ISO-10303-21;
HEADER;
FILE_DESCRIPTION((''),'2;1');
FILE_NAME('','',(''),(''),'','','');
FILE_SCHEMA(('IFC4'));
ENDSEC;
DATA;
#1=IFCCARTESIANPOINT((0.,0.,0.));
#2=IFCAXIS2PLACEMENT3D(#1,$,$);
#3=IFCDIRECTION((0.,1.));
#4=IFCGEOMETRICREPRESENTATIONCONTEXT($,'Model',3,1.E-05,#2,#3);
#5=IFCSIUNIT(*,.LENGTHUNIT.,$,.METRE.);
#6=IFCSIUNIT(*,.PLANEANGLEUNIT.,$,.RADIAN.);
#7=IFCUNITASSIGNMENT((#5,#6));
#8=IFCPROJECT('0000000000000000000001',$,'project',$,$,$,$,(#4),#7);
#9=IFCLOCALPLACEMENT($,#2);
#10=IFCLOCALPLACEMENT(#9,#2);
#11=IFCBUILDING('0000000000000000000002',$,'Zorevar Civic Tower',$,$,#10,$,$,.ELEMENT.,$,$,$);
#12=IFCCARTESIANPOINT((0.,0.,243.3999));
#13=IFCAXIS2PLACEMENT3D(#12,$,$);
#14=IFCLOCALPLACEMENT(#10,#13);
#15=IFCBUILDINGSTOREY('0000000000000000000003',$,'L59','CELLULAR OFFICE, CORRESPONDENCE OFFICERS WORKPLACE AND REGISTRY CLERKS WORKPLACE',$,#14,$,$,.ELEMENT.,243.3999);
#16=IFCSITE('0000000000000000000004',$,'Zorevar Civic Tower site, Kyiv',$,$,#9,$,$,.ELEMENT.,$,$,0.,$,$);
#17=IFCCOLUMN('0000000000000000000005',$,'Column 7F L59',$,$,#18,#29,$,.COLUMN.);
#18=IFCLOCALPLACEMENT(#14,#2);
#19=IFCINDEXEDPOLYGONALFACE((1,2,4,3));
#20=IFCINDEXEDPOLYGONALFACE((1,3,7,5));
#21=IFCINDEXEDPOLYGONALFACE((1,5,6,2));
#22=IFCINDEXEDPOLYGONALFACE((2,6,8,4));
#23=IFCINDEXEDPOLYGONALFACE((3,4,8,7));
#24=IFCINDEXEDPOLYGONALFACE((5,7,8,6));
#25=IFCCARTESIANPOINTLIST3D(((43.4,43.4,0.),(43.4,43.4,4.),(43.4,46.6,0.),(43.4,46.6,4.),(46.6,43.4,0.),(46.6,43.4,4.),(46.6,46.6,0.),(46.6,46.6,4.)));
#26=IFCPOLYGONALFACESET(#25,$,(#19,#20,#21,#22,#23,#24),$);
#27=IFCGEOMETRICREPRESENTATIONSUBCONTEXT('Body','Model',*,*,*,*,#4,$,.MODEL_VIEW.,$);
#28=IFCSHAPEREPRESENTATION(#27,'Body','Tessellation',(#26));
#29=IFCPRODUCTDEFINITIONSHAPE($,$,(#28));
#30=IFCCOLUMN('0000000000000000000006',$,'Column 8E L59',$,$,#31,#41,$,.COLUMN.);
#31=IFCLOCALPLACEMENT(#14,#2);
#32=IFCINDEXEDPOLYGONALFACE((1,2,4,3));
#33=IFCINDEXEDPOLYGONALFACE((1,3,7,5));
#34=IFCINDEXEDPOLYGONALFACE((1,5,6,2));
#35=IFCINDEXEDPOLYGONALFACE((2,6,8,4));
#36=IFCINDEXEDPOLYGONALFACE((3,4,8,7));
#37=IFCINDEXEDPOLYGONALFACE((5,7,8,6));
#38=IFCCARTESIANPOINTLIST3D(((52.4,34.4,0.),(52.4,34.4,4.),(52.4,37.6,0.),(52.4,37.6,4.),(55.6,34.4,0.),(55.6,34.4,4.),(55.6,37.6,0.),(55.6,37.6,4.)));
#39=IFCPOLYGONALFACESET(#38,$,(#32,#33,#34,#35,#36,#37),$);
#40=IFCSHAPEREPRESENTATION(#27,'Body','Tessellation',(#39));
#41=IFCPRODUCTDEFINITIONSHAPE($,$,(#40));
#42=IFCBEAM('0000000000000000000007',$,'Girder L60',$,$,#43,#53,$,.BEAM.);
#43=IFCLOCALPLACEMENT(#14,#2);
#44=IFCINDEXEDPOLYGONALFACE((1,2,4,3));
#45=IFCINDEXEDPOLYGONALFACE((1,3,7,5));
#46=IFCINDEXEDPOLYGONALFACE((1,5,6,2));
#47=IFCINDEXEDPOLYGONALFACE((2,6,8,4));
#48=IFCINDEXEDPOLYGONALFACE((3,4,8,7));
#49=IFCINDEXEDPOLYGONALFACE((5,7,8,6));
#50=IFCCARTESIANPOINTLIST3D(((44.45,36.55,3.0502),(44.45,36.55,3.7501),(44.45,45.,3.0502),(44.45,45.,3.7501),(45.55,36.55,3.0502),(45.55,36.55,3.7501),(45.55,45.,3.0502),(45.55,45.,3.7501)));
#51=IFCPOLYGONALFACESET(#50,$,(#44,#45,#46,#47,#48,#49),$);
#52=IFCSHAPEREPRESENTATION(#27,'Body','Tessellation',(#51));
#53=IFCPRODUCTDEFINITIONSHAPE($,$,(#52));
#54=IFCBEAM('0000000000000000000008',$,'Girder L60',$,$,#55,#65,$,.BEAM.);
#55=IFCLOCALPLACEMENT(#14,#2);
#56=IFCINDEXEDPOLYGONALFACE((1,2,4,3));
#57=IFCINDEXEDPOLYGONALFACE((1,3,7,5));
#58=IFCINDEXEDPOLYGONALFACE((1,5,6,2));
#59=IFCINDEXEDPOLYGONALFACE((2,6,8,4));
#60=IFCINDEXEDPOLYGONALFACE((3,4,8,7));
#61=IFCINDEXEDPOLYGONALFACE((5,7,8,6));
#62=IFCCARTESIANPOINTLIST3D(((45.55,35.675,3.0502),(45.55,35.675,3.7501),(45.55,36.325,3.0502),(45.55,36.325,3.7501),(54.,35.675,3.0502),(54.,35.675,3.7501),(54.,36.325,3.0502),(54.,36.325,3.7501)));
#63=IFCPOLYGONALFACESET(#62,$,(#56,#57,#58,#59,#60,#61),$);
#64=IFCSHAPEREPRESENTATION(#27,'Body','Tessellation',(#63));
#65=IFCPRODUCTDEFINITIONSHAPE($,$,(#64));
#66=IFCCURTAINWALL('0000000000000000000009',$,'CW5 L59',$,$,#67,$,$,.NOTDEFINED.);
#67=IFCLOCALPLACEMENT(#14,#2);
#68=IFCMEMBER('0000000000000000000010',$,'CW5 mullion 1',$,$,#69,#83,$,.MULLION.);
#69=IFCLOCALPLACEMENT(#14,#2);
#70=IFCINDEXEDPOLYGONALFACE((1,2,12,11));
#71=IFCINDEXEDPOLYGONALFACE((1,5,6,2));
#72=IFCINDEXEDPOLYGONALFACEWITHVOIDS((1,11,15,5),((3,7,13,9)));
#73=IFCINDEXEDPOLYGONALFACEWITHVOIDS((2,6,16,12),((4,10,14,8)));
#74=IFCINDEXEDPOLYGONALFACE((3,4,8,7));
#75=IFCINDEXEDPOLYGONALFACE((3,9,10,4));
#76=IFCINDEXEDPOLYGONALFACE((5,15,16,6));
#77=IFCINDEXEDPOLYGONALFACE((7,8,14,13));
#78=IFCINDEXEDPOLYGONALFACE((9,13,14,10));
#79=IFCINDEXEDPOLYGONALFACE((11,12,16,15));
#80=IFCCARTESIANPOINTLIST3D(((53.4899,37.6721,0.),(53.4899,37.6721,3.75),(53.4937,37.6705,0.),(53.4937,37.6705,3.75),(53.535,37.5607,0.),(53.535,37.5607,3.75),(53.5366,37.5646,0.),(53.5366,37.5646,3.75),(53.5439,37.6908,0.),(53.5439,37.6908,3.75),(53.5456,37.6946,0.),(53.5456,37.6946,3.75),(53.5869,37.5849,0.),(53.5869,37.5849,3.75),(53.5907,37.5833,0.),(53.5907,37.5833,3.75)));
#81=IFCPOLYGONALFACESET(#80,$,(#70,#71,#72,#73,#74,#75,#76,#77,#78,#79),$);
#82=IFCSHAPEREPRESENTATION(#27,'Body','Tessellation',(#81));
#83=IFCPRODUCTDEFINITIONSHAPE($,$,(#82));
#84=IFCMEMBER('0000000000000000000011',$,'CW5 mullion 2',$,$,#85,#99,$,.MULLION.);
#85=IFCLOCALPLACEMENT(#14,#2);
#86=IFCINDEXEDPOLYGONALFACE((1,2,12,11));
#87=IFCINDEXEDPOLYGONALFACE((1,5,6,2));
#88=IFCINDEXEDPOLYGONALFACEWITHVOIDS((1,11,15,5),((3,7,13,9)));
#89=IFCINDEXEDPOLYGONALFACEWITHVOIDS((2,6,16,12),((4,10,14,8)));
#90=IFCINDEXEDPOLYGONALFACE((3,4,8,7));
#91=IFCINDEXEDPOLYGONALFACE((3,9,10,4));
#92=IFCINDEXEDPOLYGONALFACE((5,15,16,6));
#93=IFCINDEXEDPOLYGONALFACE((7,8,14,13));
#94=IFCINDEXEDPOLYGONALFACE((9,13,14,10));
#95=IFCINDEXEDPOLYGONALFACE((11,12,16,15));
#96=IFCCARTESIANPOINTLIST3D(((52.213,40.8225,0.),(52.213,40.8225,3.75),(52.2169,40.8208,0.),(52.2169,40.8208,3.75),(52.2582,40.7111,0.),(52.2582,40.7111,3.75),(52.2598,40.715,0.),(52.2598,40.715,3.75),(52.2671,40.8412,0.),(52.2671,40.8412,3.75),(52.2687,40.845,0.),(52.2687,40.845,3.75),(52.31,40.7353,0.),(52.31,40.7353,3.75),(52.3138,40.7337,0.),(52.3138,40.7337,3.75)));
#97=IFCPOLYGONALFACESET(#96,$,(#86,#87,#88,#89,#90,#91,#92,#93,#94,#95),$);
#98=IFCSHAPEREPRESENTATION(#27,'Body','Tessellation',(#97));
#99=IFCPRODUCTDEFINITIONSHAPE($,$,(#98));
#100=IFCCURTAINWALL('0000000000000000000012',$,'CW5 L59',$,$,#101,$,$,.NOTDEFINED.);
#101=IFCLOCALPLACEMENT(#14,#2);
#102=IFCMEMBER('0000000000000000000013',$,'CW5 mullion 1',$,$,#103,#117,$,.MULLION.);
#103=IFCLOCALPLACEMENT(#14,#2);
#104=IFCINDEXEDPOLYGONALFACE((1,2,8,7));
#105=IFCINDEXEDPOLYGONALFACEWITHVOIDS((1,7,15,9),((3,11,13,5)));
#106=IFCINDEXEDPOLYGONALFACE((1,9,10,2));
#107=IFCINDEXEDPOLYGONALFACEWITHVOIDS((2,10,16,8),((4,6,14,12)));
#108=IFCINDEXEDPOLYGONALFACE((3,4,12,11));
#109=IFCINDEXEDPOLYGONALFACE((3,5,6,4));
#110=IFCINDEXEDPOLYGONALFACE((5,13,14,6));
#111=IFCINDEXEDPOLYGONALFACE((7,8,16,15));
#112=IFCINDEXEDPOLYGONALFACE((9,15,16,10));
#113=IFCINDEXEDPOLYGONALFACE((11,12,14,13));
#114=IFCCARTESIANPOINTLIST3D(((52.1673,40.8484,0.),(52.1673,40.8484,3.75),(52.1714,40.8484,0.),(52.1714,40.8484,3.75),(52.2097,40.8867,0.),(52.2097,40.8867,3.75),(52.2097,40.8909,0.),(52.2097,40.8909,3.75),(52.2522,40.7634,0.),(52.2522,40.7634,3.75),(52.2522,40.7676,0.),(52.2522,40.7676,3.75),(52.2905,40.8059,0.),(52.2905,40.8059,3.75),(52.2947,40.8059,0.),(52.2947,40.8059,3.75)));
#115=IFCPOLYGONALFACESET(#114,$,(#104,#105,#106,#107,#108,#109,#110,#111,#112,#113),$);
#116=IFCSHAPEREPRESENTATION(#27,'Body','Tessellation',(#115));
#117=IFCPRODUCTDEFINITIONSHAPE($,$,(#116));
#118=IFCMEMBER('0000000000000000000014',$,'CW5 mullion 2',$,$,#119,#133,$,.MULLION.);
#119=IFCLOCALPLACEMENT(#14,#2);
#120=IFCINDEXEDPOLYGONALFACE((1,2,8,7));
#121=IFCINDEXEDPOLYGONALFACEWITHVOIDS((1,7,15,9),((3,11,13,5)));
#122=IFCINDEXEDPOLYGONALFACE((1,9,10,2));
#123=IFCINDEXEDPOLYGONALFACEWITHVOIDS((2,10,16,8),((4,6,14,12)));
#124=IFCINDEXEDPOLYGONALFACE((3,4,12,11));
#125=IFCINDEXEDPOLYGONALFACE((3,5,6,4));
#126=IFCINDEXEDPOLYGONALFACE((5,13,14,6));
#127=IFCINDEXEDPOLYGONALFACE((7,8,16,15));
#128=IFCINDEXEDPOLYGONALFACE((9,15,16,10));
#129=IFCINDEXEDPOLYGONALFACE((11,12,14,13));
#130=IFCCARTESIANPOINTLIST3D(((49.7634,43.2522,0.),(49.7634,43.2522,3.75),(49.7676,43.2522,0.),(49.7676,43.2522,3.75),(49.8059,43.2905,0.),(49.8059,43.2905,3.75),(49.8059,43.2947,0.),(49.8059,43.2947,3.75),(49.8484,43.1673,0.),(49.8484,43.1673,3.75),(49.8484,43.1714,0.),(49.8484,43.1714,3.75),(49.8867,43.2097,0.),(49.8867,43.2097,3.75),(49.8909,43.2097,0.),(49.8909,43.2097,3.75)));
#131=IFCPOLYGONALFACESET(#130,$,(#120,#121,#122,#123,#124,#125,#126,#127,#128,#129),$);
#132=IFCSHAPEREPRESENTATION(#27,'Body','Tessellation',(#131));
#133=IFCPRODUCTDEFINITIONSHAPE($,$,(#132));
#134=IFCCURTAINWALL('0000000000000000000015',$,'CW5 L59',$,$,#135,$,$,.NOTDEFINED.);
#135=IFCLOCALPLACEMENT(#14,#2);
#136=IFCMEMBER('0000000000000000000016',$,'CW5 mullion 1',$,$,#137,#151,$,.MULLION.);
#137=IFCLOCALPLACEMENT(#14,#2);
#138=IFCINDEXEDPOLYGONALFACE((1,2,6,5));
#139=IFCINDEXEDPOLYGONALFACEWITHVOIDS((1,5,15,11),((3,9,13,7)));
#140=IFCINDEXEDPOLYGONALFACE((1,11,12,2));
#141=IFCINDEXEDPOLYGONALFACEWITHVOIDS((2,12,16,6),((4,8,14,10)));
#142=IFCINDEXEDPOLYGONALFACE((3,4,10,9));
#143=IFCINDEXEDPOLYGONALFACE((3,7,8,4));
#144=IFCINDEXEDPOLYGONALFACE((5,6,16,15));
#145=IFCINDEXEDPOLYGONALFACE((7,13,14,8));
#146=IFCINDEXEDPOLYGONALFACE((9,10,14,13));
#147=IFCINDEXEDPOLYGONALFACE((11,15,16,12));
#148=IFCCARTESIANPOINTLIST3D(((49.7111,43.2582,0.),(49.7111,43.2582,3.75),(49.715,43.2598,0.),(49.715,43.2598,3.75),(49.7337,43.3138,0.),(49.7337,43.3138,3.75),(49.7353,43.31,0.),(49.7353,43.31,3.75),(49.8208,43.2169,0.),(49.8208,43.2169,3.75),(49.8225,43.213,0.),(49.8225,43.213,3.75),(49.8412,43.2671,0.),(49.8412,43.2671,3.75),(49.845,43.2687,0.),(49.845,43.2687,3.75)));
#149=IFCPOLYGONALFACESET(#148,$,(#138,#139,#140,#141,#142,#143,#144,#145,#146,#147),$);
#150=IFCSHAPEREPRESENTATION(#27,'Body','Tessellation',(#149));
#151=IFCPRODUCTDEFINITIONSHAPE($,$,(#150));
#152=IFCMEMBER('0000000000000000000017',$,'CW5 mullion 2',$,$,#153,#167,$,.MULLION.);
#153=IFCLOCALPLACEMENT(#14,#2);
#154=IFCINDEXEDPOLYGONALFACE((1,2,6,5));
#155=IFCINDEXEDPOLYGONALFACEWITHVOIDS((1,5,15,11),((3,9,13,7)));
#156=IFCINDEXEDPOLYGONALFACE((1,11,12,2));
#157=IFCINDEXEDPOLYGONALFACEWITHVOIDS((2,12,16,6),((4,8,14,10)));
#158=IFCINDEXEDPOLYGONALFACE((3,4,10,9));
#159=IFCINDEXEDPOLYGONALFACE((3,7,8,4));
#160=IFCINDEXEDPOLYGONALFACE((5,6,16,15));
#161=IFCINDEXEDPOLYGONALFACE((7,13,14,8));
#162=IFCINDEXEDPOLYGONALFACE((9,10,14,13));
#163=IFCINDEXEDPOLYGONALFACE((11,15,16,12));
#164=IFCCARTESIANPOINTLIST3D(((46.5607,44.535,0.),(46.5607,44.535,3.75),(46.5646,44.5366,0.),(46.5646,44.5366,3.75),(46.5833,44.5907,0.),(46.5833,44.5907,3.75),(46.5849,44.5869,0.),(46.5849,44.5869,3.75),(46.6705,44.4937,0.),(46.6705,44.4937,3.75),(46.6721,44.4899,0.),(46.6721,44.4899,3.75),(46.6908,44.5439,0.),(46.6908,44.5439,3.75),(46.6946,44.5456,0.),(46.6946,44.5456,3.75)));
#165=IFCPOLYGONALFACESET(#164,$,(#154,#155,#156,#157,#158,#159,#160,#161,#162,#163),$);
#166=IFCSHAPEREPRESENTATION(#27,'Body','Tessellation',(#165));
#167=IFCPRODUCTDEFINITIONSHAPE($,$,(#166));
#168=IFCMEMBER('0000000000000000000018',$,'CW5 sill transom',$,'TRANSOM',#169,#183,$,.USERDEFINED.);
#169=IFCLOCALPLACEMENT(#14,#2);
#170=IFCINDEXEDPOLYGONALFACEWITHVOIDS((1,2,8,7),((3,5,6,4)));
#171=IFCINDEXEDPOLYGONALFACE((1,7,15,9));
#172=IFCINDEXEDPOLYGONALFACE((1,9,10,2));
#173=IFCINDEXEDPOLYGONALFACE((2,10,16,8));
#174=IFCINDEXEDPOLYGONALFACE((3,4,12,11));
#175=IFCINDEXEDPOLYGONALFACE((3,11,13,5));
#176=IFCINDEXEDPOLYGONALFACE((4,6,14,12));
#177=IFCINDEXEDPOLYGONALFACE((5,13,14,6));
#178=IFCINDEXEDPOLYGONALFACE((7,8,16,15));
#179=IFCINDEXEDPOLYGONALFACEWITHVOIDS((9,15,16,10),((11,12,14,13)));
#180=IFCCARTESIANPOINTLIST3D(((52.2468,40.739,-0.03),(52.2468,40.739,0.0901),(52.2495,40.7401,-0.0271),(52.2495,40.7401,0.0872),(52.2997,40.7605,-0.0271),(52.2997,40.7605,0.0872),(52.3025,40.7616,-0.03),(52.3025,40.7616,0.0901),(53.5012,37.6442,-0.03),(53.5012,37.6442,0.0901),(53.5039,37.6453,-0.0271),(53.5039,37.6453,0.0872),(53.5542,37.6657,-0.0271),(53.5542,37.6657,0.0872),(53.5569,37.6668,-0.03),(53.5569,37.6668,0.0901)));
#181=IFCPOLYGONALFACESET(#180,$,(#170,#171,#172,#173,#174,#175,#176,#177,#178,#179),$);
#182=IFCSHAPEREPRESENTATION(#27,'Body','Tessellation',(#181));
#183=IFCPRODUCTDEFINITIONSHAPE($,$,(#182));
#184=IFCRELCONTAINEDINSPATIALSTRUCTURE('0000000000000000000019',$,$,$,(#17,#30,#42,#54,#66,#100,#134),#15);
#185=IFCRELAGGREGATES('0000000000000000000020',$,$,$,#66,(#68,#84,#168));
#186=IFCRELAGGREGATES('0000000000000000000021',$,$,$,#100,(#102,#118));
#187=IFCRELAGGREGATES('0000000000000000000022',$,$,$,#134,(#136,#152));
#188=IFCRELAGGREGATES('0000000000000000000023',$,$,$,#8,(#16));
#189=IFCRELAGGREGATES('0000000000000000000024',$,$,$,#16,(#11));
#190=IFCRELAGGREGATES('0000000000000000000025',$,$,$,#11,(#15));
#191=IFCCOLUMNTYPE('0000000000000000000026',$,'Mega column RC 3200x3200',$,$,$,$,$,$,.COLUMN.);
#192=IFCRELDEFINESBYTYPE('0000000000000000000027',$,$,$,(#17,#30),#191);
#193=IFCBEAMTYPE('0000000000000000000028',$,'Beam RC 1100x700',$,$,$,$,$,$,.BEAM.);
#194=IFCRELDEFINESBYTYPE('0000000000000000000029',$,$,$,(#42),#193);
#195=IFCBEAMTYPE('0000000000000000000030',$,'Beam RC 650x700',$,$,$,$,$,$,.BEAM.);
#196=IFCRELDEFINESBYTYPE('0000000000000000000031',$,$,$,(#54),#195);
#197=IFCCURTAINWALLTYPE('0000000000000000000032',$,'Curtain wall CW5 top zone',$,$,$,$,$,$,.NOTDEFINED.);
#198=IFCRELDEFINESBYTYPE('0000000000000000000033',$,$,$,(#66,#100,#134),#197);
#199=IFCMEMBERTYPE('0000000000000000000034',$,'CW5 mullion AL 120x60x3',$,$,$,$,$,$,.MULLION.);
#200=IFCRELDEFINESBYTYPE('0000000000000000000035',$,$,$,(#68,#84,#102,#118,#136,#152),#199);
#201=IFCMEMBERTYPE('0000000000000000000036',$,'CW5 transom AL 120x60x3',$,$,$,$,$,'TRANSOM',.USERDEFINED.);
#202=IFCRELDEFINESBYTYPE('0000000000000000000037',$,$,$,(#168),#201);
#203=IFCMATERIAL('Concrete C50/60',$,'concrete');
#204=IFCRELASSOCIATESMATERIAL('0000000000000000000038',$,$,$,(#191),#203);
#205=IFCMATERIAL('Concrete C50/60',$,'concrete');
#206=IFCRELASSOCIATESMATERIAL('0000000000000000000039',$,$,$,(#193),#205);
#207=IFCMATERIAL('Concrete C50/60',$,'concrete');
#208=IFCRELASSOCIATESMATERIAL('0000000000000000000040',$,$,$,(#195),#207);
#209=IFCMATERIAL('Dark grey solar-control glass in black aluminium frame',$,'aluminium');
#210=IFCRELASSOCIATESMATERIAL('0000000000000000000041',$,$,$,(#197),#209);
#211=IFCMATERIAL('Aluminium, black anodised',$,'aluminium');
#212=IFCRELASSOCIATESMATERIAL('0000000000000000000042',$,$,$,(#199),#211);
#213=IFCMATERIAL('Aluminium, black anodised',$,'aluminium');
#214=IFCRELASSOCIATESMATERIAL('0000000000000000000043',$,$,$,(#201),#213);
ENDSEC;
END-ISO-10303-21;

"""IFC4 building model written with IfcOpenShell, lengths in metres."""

from ifc_helpers import new_model, si_unit, direction, frame, origin, origin_2d, place, context, subcontext, project, spatial, rectangle, hollow_rectangle, extrude, material, material_profile, profile_set, type_object, element, aggregate, save


model = new_model("IFC4")

# Units and contexts
model_context = context("Model", 3, precision=1e-05, world=origin(), true_north=direction((0.0, 1.0)))
body_context = subcontext(model_context, "Body", "Model", "MODEL_VIEW")
ifc_project = project(units=[si_unit("LENGTHUNIT", "METRE"), si_unit("PLANEANGLEUNIT", "RADIAN")], contexts=[model_context])

# Site, building, storey
site_placement = place(None, origin())
site = spatial("IfcSite", under=ifc_project, at=site_placement, Name="Zorevar Civic Tower site, Kyiv", CompositionType="ELEMENT", RefElevation=0.0)
building_placement = place(site_placement, origin())
building = spatial("IfcBuilding", under=site, at=building_placement, Name="Zorevar Civic Tower", CompositionType="ELEMENT")
storey_placement = place(building_placement, frame((0.0, 0.0, 243.3999)))
storey = spatial("IfcBuildingStorey", under=building, at=storey_placement, Name="L59", Description="CELLULAR OFFICE, CORRESPONDENCE OFFICERS WORKPLACE AND REGISTRY CLERKS WORKPLACE", CompositionType="ELEMENT", Elevation=243.3999)

# Columns
ifc_material_1 = material(Name="Concrete C50/60", Category="concrete")
ifc_material_profile_1 = material_profile(ifc_material_1, rectangle(XDim=3.2, YDim=3.2, at=origin_2d()), Name="RC 3200x3200")
ifc_profile_set_1 = profile_set([ifc_material_profile_1], Name="Concrete C50/60")
column_type = type_object("IfcColumnType", Name="Mega column RC 3200x3200", PredefinedType="COLUMN", material=ifc_profile_set_1)
for number, where, z_axis, x_axis, name in (
    (1, (45.0, 45.0, 0.0), (0.0, 0.0, 1.0), (1.0, 0.0, 0.0), "Column 7F L59"),
    (2, (54.0, 36.0, 0.0), (0.0, 0.0, 1.0), (1.0, 0.0, 0.0), "Column 8E L59"),
):
    element("IfcColumn", number, at=place(storey_placement, frame(where, z_axis=z_axis, x_axis=x_axis)), inside=storey, type_object=column_type, Name=name, PredefinedType="COLUMN", context=body_context, shape_type="SweptSolid", body=[
        extrude(rectangle(XDim=3.2, YDim=3.2, at=origin_2d()), origin(), (0.0, 0.0, 1.0), 4.0),
    ])

# Beams
ifc_material_2 = material(Name="Concrete C50/60", Category="concrete")
ifc_material_profile_2 = material_profile(ifc_material_2, rectangle(XDim=1.1001, YDim=0.7, at=origin_2d()), Name="RC 1100x700")
ifc_profile_set_2 = profile_set([ifc_material_profile_2], Name="Concrete C50/60")
beam_type_1 = type_object("IfcBeamType", Name="Beam RC 1100x700", PredefinedType="BEAM", material=ifc_profile_set_2)
beam_1_placement = place(storey_placement, frame((45.0, 36.55, 3.4001), z_axis=(0.0, 1.0, 0.0), x_axis=(-1.0, 0.0, 0.0)))
element("IfcBeam", 3, at=beam_1_placement, inside=storey, type_object=beam_type_1, Name="Girder L60", PredefinedType="BEAM", context=body_context, shape_type="SweptSolid", body=[
    extrude(rectangle(XDim=1.1001, YDim=0.7, at=origin_2d()), origin(), (0.0, 0.0, 1.0), 8.45),
])
ifc_material_3 = material(Name="Concrete C50/60", Category="concrete")
ifc_material_profile_3 = material_profile(ifc_material_3, rectangle(XDim=0.6499, YDim=0.7, at=origin_2d()), Name="RC 650x700")
ifc_profile_set_3 = profile_set([ifc_material_profile_3], Name="Concrete C50/60")
beam_type_2 = type_object("IfcBeamType", Name="Beam RC 650x700", PredefinedType="BEAM", material=ifc_profile_set_3)
beam_2_placement = place(storey_placement, frame((45.55, 36.0, 3.4001), z_axis=(1.0, 0.0, 0.0), x_axis=(0.0, 1.0, 0.0)))
element("IfcBeam", 4, at=beam_2_placement, inside=storey, type_object=beam_type_2, Name="Girder L60", PredefinedType="BEAM", context=body_context, shape_type="SweptSolid", body=[
    extrude(rectangle(XDim=0.6499, YDim=0.7, at=origin_2d()), origin(), (0.0, 0.0, 1.0), 8.45),
])

# Curtain walls, members
ifc_material_4 = material(Name="Dark grey solar-control glass in black aluminium frame", Category="aluminium")
curtain_wall_type = type_object("IfcCurtainWallType", Name="Curtain wall CW5 top zone", PredefinedType="NOTDEFINED", material=ifc_material_4)
curtain_wall_1_placement = place(storey_placement, origin())
curtain_wall_1 = element("IfcCurtainWall", 5, at=curtain_wall_1_placement, inside=storey, type_object=curtain_wall_type, Name="CW5 L59", PredefinedType="NOTDEFINED")
ifc_material_5 = material(Name="Aluminium, black anodised", Category="aluminium")
ifc_material_profile_4 = material_profile(ifc_material_5, hollow_rectangle(XDim=0.0601, YDim=0.1201, WallThickness=0.0029, at=origin_2d()), Name="AL 120x60x3")
ifc_profile_set_4 = profile_set([ifc_material_profile_4], Name="Aluminium, black anodised")
member_type_1 = type_object("IfcMemberType", Name="CW5 mullion AL 120x60x3", PredefinedType="MULLION", material=ifc_profile_set_4)
member_1_placement = place(storey_placement, frame((53.5403, 37.6277, 0.0), z_axis=(0.0, 0.0, 1.0), x_axis=(-0.926762, -0.37565, 0.0)))
member_1 = element("IfcMember", 6, at=member_1_placement, type_object=member_type_1, Name="CW5 mullion 1", PredefinedType="MULLION", context=body_context, shape_type="SweptSolid", body=[
    extrude(hollow_rectangle(XDim=0.0601, YDim=0.1201, WallThickness=0.0029, at=origin_2d()), origin(), (0.0, 0.0, 1.0), 3.75),
])
member_2_placement = place(storey_placement, frame((52.2634, 40.7781, 0.0), z_axis=(0.0, 0.0, 1.0), x_axis=(-0.926762, -0.37565, 0.0)))
member_2 = element("IfcMember", 7, at=member_2_placement, type_object=member_type_1, Name="CW5 mullion 2", PredefinedType="MULLION", context=body_context, shape_type="SweptSolid", body=[
    extrude(hollow_rectangle(XDim=0.0601, YDim=0.1201, WallThickness=0.0029, at=origin_2d()), origin(), (0.0, 0.0, 1.0), 3.75),
])
curtain_wall_2_placement = place(storey_placement, origin())
curtain_wall_2 = element("IfcCurtainWall", 8, at=curtain_wall_2_placement, inside=storey, type_object=curtain_wall_type, Name="CW5 L59", PredefinedType="NOTDEFINED")
member_3_placement = place(storey_placement, frame((52.231, 40.8271, 0.0), z_axis=(0.0, 0.0, 1.0), x_axis=(-0.707107, -0.707107, 0.0)))
member_3 = element("IfcMember", 9, at=member_3_placement, type_object=member_type_1, Name="CW5 mullion 1", PredefinedType="MULLION", context=body_context, shape_type="SweptSolid", body=[
    extrude(hollow_rectangle(XDim=0.0601, YDim=0.1201, WallThickness=0.0029, at=origin_2d()), origin(), (0.0, 0.0, 1.0), 3.75),
])
member_4_placement = place(storey_placement, frame((49.8271, 43.231, 0.0), z_axis=(0.0, 0.0, 1.0), x_axis=(-0.707107, -0.707107, 0.0)))
member_4 = element("IfcMember", 10, at=member_4_placement, type_object=member_type_1, Name="CW5 mullion 2", PredefinedType="MULLION", context=body_context, shape_type="SweptSolid", body=[
    extrude(hollow_rectangle(XDim=0.0601, YDim=0.1201, WallThickness=0.0029, at=origin_2d()), origin(), (0.0, 0.0, 1.0), 3.75),
])
curtain_wall_3_placement = place(storey_placement, origin())
curtain_wall_3 = element("IfcCurtainWall", 11, at=curtain_wall_3_placement, inside=storey, type_object=curtain_wall_type, Name="CW5 L59", PredefinedType="NOTDEFINED")
member_5_placement = place(storey_placement, frame((49.7781, 43.2634, 0.0), z_axis=(0.0, 0.0, 1.0), x_axis=(-0.37565, -0.926762, 0.0)))
member_5 = element("IfcMember", 12, at=member_5_placement, type_object=member_type_1, Name="CW5 mullion 1", PredefinedType="MULLION", context=body_context, shape_type="SweptSolid", body=[
    extrude(hollow_rectangle(XDim=0.0601, YDim=0.1201, WallThickness=0.0029, at=origin_2d()), origin(), (0.0, 0.0, 1.0), 3.75),
])
member_6_placement = place(storey_placement, frame((46.6277, 44.5403, 0.0), z_axis=(0.0, 0.0, 1.0), x_axis=(-0.37565, -0.926762, 0.0)))
member_6 = element("IfcMember", 13, at=member_6_placement, type_object=member_type_1, Name="CW5 mullion 2", PredefinedType="MULLION", context=body_context, shape_type="SweptSolid", body=[
    extrude(hollow_rectangle(XDim=0.0601, YDim=0.1201, WallThickness=0.0029, at=origin_2d()), origin(), (0.0, 0.0, 1.0), 3.75),
])

# Member
ifc_material_6 = material(Name="Aluminium, black anodised", Category="aluminium")
ifc_material_profile_5 = material_profile(ifc_material_6, hollow_rectangle(XDim=0.0601, YDim=0.1201, WallThickness=0.0029, at=origin_2d()), Name="AL 120x60x3")
ifc_profile_set_5 = profile_set([ifc_material_profile_5], Name="Aluminium, black anodised")
member_type_2 = type_object("IfcMemberType", Name="CW5 transom AL 120x60x3", ElementType="TRANSOM", PredefinedType="USERDEFINED", material=ifc_profile_set_5)
member_7_placement = place(storey_placement, frame((53.5291, 37.6555, 0.03), z_axis=(-0.375647, 0.926763, 0.0), x_axis=(-0.926763, -0.375647, 0.0)))
member_7 = element("IfcMember", 14, at=member_7_placement, type_object=member_type_2, Name="CW5 sill transom", ObjectType="TRANSOM", PredefinedType="USERDEFINED", context=body_context, shape_type="SweptSolid", body=[
    extrude(hollow_rectangle(XDim=0.0601, YDim=0.1201, WallThickness=0.0029, at=origin_2d()), origin(), (0.0, 0.0, 1.0), 3.3394),
])

aggregate(curtain_wall_1, [member_1, member_2, member_7])
aggregate(curtain_wall_2, [member_3, member_4])
aggregate(curtain_wall_3, [member_5, member_6])

save(model, "model.ifc")
